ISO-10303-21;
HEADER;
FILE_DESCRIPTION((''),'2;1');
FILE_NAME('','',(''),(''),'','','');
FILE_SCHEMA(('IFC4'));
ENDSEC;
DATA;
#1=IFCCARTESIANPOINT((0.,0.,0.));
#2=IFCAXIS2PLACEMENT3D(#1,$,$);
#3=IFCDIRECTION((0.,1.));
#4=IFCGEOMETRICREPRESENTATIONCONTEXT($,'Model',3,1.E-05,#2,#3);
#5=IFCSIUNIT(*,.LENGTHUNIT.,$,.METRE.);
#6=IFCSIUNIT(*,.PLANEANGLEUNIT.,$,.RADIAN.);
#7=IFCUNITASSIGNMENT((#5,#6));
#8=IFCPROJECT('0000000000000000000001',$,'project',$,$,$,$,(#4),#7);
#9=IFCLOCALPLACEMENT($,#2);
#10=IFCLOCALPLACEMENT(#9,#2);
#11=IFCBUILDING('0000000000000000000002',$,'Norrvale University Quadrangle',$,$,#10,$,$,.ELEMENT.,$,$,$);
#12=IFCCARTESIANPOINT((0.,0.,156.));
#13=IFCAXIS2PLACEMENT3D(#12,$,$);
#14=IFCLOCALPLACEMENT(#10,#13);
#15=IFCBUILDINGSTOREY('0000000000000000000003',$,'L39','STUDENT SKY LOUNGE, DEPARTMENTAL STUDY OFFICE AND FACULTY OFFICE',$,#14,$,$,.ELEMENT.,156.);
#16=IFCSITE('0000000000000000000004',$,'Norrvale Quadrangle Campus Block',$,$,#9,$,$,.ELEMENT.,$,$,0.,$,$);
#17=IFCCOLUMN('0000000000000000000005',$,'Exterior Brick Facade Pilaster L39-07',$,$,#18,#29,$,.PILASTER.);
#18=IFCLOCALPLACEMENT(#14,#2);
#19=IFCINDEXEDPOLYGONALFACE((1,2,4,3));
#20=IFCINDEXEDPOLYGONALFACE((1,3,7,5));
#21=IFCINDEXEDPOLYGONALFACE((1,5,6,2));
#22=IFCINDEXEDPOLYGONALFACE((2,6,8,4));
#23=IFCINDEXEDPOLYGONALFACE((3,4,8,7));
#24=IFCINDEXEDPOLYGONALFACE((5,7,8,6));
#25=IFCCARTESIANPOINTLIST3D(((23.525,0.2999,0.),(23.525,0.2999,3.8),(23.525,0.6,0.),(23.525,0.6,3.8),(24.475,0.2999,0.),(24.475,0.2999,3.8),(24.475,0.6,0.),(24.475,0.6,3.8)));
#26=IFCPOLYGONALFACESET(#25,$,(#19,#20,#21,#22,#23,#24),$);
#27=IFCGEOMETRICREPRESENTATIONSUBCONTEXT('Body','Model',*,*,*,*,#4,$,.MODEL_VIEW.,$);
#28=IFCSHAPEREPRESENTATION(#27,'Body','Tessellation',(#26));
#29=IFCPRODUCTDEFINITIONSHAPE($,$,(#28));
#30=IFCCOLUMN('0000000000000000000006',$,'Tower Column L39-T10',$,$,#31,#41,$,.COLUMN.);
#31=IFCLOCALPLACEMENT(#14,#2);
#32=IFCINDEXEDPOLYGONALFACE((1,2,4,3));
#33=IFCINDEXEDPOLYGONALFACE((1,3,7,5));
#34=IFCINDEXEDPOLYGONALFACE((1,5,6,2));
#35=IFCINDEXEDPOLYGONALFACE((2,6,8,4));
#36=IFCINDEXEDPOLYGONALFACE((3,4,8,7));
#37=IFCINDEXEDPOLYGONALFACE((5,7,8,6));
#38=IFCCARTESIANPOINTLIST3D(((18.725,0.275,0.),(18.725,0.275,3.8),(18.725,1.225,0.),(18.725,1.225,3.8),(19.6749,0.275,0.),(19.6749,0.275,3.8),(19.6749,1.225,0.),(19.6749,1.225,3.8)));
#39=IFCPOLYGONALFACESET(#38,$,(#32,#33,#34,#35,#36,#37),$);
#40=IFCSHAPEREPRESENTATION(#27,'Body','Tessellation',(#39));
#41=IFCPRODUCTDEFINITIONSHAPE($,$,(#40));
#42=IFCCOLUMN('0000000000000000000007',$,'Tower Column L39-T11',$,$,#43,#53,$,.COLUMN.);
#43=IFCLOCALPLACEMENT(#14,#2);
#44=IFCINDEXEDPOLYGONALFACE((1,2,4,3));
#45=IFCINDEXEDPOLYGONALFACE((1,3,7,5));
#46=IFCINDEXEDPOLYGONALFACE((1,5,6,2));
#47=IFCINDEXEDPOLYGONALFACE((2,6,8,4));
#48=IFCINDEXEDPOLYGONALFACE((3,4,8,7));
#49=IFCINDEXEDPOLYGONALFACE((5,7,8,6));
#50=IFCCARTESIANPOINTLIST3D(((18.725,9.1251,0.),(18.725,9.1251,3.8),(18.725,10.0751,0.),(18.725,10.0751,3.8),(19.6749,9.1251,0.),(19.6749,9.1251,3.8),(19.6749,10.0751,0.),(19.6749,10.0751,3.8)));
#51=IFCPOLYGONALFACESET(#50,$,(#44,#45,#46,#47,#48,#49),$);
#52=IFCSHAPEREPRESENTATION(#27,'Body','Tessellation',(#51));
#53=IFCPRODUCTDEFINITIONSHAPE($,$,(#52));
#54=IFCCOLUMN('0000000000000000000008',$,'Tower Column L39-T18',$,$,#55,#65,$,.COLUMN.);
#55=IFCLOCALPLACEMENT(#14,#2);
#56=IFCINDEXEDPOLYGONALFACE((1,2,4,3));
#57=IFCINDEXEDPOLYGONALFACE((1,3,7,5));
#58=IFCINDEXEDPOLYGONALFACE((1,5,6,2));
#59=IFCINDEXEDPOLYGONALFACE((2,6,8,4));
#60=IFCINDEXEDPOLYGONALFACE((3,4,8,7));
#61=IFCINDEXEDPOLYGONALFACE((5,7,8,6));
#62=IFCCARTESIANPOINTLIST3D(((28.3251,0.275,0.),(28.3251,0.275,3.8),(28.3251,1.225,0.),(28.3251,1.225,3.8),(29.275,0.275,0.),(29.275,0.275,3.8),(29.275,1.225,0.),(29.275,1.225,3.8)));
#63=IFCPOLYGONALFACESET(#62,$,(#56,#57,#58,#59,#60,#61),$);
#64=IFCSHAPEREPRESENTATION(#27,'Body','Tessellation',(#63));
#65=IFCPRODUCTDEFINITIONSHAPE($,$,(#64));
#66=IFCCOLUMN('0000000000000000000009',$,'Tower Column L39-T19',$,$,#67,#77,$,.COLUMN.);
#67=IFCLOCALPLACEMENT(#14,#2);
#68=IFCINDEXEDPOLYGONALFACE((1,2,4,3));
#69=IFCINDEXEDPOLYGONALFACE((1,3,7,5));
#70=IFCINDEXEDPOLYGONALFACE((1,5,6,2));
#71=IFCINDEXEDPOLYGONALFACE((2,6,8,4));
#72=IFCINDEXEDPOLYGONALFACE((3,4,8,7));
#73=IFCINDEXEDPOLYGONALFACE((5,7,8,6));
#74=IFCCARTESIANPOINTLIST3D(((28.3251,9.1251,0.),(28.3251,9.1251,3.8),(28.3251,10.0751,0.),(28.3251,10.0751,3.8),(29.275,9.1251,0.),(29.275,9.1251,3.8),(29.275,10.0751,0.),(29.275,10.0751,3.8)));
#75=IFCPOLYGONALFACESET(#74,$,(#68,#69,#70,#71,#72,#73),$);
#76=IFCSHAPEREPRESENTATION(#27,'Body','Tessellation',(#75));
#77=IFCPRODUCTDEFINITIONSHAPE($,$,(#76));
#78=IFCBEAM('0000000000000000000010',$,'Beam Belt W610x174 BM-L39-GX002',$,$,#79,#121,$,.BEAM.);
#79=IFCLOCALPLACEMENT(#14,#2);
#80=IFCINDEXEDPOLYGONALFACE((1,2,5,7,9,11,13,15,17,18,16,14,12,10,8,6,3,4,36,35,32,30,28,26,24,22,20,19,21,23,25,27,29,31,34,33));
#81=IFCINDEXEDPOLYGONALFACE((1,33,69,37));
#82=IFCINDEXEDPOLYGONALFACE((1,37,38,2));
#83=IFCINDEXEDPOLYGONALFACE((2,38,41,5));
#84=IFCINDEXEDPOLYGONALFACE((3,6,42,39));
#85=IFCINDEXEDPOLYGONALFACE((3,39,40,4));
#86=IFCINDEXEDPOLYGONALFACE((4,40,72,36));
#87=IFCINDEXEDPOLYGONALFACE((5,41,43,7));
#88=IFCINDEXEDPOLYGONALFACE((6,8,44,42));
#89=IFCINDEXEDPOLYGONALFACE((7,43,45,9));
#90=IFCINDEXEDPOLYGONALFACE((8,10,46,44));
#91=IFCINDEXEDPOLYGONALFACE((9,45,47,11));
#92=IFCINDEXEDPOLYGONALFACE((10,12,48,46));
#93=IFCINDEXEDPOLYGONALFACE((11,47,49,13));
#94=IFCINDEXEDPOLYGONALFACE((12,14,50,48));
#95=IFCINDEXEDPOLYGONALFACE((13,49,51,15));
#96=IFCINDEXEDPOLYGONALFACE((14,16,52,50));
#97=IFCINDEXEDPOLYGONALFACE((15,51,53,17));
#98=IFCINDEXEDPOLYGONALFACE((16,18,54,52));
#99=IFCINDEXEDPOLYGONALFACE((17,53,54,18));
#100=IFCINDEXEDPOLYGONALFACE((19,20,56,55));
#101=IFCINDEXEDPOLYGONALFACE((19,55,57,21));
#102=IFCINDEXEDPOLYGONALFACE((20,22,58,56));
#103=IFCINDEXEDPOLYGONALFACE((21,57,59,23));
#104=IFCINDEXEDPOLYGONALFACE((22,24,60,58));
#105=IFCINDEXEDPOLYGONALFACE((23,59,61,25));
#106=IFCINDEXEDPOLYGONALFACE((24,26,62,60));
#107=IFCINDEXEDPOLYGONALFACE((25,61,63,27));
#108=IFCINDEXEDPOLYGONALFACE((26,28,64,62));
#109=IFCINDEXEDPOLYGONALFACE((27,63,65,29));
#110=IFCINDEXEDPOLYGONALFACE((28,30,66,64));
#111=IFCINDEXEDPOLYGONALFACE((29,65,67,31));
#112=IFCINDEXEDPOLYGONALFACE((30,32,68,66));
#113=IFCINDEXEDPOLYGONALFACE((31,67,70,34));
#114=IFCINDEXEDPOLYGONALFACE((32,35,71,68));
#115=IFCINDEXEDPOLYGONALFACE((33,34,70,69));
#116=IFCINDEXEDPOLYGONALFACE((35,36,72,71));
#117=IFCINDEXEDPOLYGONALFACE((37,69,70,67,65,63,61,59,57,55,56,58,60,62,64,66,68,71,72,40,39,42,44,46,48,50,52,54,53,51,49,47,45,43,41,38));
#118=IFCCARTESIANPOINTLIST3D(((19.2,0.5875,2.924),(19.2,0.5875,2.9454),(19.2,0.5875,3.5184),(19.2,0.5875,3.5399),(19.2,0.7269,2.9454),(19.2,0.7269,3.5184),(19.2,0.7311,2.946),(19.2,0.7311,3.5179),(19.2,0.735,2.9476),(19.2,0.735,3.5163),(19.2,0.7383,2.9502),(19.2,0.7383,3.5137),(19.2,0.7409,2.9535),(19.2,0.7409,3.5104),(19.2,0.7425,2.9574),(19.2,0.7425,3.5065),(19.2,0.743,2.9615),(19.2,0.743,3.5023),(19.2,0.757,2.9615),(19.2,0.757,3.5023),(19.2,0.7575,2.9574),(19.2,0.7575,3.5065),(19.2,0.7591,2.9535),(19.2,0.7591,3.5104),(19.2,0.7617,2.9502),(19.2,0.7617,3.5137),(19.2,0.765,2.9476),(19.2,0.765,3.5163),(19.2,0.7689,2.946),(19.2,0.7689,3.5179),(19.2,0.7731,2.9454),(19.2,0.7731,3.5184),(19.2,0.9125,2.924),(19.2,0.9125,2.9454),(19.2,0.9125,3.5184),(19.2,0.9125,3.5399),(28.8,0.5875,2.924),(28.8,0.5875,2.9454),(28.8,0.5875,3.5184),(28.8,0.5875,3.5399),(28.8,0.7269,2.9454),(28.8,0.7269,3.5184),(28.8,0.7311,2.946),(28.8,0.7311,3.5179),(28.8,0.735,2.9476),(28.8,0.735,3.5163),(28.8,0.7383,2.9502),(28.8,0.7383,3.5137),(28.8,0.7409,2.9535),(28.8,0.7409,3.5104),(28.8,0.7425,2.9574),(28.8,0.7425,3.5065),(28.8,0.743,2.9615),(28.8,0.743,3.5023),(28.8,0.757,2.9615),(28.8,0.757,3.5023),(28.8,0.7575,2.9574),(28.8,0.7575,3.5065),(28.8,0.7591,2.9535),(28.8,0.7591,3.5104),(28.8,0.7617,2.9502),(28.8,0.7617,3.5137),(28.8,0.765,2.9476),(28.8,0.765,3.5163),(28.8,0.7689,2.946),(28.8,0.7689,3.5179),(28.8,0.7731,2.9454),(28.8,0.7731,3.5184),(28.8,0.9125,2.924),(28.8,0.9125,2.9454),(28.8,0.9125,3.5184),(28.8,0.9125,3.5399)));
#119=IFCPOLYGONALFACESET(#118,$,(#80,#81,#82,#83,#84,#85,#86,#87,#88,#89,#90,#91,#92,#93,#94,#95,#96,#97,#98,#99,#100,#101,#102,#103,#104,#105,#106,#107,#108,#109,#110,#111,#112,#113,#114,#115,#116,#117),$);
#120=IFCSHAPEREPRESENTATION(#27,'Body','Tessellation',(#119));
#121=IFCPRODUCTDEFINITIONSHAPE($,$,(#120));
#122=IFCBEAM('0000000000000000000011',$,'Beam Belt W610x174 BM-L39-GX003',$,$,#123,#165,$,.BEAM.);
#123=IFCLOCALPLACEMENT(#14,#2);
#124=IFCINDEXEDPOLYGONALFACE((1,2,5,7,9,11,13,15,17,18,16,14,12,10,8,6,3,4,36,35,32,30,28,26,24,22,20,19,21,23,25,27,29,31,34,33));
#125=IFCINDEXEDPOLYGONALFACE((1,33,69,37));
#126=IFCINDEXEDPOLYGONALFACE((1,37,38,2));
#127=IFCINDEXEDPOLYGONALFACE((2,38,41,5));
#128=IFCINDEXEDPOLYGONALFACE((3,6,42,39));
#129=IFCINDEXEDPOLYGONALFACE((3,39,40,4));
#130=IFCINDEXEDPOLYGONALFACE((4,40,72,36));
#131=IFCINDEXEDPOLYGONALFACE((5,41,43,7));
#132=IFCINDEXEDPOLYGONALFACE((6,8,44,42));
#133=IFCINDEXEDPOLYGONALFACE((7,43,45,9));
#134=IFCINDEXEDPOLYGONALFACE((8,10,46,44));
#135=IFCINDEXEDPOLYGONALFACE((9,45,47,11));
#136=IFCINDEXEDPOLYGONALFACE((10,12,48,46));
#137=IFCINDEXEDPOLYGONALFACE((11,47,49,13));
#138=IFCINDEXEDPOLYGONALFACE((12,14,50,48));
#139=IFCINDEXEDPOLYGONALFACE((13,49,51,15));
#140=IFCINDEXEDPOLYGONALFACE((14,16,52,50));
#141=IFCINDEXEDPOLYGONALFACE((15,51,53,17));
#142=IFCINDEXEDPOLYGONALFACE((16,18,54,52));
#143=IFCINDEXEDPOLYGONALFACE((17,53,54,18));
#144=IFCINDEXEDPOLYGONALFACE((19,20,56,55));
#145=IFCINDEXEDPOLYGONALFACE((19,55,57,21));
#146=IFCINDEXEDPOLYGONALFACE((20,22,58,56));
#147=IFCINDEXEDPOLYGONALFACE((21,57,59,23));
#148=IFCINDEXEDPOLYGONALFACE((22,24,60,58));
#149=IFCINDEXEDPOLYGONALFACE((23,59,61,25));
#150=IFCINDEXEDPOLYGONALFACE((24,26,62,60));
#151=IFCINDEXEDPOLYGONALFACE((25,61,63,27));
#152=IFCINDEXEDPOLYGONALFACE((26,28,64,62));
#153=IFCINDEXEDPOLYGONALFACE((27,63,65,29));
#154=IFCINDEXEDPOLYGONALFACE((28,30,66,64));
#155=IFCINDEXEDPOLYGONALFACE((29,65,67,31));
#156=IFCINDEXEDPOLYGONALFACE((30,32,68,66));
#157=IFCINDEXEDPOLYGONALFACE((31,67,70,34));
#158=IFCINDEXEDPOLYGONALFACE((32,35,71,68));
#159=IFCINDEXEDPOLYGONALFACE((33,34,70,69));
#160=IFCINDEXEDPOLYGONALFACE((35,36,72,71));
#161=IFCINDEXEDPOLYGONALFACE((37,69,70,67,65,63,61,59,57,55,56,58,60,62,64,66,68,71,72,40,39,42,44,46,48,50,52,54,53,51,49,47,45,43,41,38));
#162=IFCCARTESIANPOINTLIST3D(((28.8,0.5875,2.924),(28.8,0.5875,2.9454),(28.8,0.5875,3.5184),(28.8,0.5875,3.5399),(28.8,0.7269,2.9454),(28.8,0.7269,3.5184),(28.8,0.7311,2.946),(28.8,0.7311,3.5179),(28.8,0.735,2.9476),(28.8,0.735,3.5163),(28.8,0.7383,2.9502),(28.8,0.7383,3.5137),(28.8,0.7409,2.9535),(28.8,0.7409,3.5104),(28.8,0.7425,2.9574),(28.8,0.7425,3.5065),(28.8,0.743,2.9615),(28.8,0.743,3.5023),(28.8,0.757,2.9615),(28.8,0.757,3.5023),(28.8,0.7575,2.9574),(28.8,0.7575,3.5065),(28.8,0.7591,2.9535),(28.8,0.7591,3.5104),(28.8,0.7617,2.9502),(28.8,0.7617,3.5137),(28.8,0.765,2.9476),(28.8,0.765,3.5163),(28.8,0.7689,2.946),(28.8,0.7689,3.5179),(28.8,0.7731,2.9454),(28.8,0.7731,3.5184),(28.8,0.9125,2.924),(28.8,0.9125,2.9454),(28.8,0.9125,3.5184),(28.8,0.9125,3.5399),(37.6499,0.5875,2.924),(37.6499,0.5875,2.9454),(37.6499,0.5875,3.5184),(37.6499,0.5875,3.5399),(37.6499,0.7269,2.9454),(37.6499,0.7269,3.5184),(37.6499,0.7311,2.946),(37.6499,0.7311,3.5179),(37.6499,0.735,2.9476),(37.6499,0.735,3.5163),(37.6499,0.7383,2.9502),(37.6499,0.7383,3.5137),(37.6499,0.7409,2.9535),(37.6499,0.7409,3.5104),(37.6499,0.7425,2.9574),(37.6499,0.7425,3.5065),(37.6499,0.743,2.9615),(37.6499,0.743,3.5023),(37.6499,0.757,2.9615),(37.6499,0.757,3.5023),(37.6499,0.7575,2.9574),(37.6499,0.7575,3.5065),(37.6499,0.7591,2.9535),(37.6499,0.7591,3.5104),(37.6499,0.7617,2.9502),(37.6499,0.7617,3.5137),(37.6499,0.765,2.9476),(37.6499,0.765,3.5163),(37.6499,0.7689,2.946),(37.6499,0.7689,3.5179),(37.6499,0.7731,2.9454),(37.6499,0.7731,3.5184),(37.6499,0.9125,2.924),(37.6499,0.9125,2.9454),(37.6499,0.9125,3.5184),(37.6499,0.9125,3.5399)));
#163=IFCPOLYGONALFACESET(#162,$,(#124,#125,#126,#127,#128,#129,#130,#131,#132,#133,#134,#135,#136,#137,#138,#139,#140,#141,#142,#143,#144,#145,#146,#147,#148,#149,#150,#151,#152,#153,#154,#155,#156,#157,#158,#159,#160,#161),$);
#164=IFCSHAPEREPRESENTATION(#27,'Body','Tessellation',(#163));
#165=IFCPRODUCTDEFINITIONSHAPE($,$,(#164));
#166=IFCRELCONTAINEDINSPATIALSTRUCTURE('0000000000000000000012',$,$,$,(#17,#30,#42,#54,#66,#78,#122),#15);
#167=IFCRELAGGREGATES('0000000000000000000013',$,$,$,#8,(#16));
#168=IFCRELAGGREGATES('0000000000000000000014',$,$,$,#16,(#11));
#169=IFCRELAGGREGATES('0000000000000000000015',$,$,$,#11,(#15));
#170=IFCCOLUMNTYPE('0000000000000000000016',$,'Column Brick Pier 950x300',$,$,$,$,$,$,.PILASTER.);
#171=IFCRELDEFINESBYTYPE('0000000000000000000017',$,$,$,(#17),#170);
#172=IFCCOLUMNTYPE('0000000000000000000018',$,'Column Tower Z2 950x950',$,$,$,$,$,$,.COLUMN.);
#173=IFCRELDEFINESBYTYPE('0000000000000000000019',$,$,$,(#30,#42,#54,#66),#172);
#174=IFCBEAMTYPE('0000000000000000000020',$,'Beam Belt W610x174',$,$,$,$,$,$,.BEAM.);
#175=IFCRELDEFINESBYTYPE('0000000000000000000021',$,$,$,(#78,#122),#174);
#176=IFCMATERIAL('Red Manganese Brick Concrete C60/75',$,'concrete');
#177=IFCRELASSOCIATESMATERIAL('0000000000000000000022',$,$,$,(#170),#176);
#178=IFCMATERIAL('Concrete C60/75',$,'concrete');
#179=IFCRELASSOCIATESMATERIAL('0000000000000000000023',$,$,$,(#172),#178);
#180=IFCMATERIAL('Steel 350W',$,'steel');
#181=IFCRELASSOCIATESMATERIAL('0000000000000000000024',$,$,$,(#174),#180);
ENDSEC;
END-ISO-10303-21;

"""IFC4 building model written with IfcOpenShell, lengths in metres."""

from ifc_helpers import new_model, si_unit, direction, frame, origin, origin_2d, place, context, subcontext, project, spatial, rectangle, i_section, extrude, material, material_profile, profile_set, type_object, element, save


model = new_model("IFC4")

# Units and contexts
model_context = context("Model", 3, precision=1e-05, world=origin(), true_north=direction((0.0, 1.0)))
body_context = subcontext(model_context, "Body", "Model", "MODEL_VIEW")
ifc_project = project(units=[si_unit("LENGTHUNIT", "METRE"), si_unit("PLANEANGLEUNIT", "RADIAN")], contexts=[model_context])

# Site, building, storey
site_placement = place(None, origin())
site = spatial("IfcSite", under=ifc_project, at=site_placement, Name="Norrvale Quadrangle Campus Block", CompositionType="ELEMENT", RefElevation=0.0)
building_placement = place(site_placement, origin())
building = spatial("IfcBuilding", under=site, at=building_placement, Name="Norrvale University Quadrangle", CompositionType="ELEMENT")
storey_placement = place(building_placement, frame((0.0, 0.0, 156.0)))
storey = spatial("IfcBuildingStorey", under=building, at=storey_placement, Name="L39", Description="STUDENT SKY LOUNGE, DEPARTMENTAL STUDY OFFICE AND FACULTY OFFICE", CompositionType="ELEMENT", Elevation=156.0)

# Columns
ifc_material_1 = material(Name="Red Manganese Brick Concrete C60/75", Category="concrete")
ifc_material_profile_1 = material_profile(ifc_material_1, rectangle(XDim=0.95, YDim=0.3, at=origin_2d()), Name="Red Manganese Brick Concrete C60/75")
ifc_profile_set_1 = profile_set([ifc_material_profile_1], Name="Red Manganese Brick Concrete C60/75")
column_type_1 = type_object("IfcColumnType", Name="Column Brick Pier 950x300", PredefinedType="PILASTER", material=ifc_profile_set_1)
column_placement = place(storey_placement, frame((24.0, 0.45, 0.0), z_axis=(0.0, 0.0, 1.0), x_axis=(1.0, 0.0, 0.0)))
element("IfcColumn", 1, at=column_placement, inside=storey, type_object=column_type_1, Name="Exterior Brick Facade Pilaster L39-07", PredefinedType="PILASTER", context=body_context, shape_type="SweptSolid", body=[
    extrude(rectangle(XDim=0.95, YDim=0.3, at=origin_2d()), origin(), (0.0, 0.0, 1.0), 3.8),
])
ifc_material_2 = material(Name="Concrete C60/75", Category="concrete")
ifc_material_profile_2 = material_profile(ifc_material_2, rectangle(XDim=0.95, YDim=0.95, at=origin_2d()), Name="Concrete C60/75")
ifc_profile_set_2 = profile_set([ifc_material_profile_2], Name="Concrete C60/75")
column_type_2 = type_object("IfcColumnType", Name="Column Tower Z2 950x950", PredefinedType="COLUMN", material=ifc_profile_set_2)
for number, where, z_axis, x_axis, name in (
    (2, (19.2, 0.75, 0.0), (0.0, 0.0, 1.0), (1.0, 0.0, 0.0), "Tower Column L39-T10"),
    (3, (19.2, 9.6001, 0.0), (0.0, 0.0, 1.0), (1.0, 0.0, 0.0), "Tower Column L39-T11"),
    (4, (28.8, 0.75, 0.0), (0.0, 0.0, 1.0), (1.0, 0.0, 0.0), "Tower Column L39-T18"),
    (5, (28.8, 9.6001, 0.0), (0.0, 0.0, 1.0), (1.0, 0.0, 0.0), "Tower Column L39-T19"),
):
    element("IfcColumn", number, at=place(storey_placement, frame(where, z_axis=z_axis, x_axis=x_axis)), inside=storey, type_object=column_type_2, Name=name, PredefinedType="COLUMN", context=body_context, shape_type="SweptSolid", body=[
        extrude(rectangle(XDim=0.95, YDim=0.95, at=origin_2d()), origin(), (0.0, 0.0, 1.0), 3.8),
    ])

# Beams
ifc_material_3 = material(Name="Steel 350W", Category="steel")
ifc_material_profile_3 = material_profile(ifc_material_3, i_section(OverallWidth=0.325, OverallDepth=0.616, WebThickness=0.0139, FlangeThickness=0.0215, FilletRadius=0.0161, at=origin_2d()), Name="Steel 350W")
ifc_profile_set_3 = profile_set([ifc_material_profile_3], Name="Steel 350W")
beam_type_1 = type_object("IfcBeamType", Name="Beam Belt W610x174", PredefinedType="BEAM", material=ifc_profile_set_3)
beam_1_placement = place(storey_placement, frame((19.2, 0.75, 3.2319), z_axis=(1.0, 0.0, 0.0), x_axis=(0.0, 1.0, 0.0)))
element("IfcBeam", 6, at=beam_1_placement, inside=storey, type_object=beam_type_1, Name="Beam Belt W610x174 BM-L39-GX002", PredefinedType="BEAM", context=body_context, shape_type="SweptSolid", body=[
    extrude(i_section(OverallWidth=0.325, OverallDepth=0.616, WebThickness=0.0139, FlangeThickness=0.0215, FilletRadius=0.0161, at=origin_2d()), origin(), (0.0, 0.0, 1.0), 9.6001),
])
beam_2_placement = place(storey_placement, frame((28.8, 0.75, 3.2319), z_axis=(1.0, 0.0, 0.0), x_axis=(0.0, 1.0, 0.0)))
element("IfcBeam", 7, at=beam_2_placement, inside=storey, type_object=beam_type_1, Name="Beam Belt W610x174 BM-L39-GX003", PredefinedType="BEAM", context=body_context, shape_type="SweptSolid", body=[
    extrude(i_section(OverallWidth=0.325, OverallDepth=0.616, WebThickness=0.0139, FlangeThickness=0.0215, FilletRadius=0.0161, at=origin_2d()), origin(), (0.0, 0.0, 1.0), 8.8499),
])

save(model, "model.ifc")
